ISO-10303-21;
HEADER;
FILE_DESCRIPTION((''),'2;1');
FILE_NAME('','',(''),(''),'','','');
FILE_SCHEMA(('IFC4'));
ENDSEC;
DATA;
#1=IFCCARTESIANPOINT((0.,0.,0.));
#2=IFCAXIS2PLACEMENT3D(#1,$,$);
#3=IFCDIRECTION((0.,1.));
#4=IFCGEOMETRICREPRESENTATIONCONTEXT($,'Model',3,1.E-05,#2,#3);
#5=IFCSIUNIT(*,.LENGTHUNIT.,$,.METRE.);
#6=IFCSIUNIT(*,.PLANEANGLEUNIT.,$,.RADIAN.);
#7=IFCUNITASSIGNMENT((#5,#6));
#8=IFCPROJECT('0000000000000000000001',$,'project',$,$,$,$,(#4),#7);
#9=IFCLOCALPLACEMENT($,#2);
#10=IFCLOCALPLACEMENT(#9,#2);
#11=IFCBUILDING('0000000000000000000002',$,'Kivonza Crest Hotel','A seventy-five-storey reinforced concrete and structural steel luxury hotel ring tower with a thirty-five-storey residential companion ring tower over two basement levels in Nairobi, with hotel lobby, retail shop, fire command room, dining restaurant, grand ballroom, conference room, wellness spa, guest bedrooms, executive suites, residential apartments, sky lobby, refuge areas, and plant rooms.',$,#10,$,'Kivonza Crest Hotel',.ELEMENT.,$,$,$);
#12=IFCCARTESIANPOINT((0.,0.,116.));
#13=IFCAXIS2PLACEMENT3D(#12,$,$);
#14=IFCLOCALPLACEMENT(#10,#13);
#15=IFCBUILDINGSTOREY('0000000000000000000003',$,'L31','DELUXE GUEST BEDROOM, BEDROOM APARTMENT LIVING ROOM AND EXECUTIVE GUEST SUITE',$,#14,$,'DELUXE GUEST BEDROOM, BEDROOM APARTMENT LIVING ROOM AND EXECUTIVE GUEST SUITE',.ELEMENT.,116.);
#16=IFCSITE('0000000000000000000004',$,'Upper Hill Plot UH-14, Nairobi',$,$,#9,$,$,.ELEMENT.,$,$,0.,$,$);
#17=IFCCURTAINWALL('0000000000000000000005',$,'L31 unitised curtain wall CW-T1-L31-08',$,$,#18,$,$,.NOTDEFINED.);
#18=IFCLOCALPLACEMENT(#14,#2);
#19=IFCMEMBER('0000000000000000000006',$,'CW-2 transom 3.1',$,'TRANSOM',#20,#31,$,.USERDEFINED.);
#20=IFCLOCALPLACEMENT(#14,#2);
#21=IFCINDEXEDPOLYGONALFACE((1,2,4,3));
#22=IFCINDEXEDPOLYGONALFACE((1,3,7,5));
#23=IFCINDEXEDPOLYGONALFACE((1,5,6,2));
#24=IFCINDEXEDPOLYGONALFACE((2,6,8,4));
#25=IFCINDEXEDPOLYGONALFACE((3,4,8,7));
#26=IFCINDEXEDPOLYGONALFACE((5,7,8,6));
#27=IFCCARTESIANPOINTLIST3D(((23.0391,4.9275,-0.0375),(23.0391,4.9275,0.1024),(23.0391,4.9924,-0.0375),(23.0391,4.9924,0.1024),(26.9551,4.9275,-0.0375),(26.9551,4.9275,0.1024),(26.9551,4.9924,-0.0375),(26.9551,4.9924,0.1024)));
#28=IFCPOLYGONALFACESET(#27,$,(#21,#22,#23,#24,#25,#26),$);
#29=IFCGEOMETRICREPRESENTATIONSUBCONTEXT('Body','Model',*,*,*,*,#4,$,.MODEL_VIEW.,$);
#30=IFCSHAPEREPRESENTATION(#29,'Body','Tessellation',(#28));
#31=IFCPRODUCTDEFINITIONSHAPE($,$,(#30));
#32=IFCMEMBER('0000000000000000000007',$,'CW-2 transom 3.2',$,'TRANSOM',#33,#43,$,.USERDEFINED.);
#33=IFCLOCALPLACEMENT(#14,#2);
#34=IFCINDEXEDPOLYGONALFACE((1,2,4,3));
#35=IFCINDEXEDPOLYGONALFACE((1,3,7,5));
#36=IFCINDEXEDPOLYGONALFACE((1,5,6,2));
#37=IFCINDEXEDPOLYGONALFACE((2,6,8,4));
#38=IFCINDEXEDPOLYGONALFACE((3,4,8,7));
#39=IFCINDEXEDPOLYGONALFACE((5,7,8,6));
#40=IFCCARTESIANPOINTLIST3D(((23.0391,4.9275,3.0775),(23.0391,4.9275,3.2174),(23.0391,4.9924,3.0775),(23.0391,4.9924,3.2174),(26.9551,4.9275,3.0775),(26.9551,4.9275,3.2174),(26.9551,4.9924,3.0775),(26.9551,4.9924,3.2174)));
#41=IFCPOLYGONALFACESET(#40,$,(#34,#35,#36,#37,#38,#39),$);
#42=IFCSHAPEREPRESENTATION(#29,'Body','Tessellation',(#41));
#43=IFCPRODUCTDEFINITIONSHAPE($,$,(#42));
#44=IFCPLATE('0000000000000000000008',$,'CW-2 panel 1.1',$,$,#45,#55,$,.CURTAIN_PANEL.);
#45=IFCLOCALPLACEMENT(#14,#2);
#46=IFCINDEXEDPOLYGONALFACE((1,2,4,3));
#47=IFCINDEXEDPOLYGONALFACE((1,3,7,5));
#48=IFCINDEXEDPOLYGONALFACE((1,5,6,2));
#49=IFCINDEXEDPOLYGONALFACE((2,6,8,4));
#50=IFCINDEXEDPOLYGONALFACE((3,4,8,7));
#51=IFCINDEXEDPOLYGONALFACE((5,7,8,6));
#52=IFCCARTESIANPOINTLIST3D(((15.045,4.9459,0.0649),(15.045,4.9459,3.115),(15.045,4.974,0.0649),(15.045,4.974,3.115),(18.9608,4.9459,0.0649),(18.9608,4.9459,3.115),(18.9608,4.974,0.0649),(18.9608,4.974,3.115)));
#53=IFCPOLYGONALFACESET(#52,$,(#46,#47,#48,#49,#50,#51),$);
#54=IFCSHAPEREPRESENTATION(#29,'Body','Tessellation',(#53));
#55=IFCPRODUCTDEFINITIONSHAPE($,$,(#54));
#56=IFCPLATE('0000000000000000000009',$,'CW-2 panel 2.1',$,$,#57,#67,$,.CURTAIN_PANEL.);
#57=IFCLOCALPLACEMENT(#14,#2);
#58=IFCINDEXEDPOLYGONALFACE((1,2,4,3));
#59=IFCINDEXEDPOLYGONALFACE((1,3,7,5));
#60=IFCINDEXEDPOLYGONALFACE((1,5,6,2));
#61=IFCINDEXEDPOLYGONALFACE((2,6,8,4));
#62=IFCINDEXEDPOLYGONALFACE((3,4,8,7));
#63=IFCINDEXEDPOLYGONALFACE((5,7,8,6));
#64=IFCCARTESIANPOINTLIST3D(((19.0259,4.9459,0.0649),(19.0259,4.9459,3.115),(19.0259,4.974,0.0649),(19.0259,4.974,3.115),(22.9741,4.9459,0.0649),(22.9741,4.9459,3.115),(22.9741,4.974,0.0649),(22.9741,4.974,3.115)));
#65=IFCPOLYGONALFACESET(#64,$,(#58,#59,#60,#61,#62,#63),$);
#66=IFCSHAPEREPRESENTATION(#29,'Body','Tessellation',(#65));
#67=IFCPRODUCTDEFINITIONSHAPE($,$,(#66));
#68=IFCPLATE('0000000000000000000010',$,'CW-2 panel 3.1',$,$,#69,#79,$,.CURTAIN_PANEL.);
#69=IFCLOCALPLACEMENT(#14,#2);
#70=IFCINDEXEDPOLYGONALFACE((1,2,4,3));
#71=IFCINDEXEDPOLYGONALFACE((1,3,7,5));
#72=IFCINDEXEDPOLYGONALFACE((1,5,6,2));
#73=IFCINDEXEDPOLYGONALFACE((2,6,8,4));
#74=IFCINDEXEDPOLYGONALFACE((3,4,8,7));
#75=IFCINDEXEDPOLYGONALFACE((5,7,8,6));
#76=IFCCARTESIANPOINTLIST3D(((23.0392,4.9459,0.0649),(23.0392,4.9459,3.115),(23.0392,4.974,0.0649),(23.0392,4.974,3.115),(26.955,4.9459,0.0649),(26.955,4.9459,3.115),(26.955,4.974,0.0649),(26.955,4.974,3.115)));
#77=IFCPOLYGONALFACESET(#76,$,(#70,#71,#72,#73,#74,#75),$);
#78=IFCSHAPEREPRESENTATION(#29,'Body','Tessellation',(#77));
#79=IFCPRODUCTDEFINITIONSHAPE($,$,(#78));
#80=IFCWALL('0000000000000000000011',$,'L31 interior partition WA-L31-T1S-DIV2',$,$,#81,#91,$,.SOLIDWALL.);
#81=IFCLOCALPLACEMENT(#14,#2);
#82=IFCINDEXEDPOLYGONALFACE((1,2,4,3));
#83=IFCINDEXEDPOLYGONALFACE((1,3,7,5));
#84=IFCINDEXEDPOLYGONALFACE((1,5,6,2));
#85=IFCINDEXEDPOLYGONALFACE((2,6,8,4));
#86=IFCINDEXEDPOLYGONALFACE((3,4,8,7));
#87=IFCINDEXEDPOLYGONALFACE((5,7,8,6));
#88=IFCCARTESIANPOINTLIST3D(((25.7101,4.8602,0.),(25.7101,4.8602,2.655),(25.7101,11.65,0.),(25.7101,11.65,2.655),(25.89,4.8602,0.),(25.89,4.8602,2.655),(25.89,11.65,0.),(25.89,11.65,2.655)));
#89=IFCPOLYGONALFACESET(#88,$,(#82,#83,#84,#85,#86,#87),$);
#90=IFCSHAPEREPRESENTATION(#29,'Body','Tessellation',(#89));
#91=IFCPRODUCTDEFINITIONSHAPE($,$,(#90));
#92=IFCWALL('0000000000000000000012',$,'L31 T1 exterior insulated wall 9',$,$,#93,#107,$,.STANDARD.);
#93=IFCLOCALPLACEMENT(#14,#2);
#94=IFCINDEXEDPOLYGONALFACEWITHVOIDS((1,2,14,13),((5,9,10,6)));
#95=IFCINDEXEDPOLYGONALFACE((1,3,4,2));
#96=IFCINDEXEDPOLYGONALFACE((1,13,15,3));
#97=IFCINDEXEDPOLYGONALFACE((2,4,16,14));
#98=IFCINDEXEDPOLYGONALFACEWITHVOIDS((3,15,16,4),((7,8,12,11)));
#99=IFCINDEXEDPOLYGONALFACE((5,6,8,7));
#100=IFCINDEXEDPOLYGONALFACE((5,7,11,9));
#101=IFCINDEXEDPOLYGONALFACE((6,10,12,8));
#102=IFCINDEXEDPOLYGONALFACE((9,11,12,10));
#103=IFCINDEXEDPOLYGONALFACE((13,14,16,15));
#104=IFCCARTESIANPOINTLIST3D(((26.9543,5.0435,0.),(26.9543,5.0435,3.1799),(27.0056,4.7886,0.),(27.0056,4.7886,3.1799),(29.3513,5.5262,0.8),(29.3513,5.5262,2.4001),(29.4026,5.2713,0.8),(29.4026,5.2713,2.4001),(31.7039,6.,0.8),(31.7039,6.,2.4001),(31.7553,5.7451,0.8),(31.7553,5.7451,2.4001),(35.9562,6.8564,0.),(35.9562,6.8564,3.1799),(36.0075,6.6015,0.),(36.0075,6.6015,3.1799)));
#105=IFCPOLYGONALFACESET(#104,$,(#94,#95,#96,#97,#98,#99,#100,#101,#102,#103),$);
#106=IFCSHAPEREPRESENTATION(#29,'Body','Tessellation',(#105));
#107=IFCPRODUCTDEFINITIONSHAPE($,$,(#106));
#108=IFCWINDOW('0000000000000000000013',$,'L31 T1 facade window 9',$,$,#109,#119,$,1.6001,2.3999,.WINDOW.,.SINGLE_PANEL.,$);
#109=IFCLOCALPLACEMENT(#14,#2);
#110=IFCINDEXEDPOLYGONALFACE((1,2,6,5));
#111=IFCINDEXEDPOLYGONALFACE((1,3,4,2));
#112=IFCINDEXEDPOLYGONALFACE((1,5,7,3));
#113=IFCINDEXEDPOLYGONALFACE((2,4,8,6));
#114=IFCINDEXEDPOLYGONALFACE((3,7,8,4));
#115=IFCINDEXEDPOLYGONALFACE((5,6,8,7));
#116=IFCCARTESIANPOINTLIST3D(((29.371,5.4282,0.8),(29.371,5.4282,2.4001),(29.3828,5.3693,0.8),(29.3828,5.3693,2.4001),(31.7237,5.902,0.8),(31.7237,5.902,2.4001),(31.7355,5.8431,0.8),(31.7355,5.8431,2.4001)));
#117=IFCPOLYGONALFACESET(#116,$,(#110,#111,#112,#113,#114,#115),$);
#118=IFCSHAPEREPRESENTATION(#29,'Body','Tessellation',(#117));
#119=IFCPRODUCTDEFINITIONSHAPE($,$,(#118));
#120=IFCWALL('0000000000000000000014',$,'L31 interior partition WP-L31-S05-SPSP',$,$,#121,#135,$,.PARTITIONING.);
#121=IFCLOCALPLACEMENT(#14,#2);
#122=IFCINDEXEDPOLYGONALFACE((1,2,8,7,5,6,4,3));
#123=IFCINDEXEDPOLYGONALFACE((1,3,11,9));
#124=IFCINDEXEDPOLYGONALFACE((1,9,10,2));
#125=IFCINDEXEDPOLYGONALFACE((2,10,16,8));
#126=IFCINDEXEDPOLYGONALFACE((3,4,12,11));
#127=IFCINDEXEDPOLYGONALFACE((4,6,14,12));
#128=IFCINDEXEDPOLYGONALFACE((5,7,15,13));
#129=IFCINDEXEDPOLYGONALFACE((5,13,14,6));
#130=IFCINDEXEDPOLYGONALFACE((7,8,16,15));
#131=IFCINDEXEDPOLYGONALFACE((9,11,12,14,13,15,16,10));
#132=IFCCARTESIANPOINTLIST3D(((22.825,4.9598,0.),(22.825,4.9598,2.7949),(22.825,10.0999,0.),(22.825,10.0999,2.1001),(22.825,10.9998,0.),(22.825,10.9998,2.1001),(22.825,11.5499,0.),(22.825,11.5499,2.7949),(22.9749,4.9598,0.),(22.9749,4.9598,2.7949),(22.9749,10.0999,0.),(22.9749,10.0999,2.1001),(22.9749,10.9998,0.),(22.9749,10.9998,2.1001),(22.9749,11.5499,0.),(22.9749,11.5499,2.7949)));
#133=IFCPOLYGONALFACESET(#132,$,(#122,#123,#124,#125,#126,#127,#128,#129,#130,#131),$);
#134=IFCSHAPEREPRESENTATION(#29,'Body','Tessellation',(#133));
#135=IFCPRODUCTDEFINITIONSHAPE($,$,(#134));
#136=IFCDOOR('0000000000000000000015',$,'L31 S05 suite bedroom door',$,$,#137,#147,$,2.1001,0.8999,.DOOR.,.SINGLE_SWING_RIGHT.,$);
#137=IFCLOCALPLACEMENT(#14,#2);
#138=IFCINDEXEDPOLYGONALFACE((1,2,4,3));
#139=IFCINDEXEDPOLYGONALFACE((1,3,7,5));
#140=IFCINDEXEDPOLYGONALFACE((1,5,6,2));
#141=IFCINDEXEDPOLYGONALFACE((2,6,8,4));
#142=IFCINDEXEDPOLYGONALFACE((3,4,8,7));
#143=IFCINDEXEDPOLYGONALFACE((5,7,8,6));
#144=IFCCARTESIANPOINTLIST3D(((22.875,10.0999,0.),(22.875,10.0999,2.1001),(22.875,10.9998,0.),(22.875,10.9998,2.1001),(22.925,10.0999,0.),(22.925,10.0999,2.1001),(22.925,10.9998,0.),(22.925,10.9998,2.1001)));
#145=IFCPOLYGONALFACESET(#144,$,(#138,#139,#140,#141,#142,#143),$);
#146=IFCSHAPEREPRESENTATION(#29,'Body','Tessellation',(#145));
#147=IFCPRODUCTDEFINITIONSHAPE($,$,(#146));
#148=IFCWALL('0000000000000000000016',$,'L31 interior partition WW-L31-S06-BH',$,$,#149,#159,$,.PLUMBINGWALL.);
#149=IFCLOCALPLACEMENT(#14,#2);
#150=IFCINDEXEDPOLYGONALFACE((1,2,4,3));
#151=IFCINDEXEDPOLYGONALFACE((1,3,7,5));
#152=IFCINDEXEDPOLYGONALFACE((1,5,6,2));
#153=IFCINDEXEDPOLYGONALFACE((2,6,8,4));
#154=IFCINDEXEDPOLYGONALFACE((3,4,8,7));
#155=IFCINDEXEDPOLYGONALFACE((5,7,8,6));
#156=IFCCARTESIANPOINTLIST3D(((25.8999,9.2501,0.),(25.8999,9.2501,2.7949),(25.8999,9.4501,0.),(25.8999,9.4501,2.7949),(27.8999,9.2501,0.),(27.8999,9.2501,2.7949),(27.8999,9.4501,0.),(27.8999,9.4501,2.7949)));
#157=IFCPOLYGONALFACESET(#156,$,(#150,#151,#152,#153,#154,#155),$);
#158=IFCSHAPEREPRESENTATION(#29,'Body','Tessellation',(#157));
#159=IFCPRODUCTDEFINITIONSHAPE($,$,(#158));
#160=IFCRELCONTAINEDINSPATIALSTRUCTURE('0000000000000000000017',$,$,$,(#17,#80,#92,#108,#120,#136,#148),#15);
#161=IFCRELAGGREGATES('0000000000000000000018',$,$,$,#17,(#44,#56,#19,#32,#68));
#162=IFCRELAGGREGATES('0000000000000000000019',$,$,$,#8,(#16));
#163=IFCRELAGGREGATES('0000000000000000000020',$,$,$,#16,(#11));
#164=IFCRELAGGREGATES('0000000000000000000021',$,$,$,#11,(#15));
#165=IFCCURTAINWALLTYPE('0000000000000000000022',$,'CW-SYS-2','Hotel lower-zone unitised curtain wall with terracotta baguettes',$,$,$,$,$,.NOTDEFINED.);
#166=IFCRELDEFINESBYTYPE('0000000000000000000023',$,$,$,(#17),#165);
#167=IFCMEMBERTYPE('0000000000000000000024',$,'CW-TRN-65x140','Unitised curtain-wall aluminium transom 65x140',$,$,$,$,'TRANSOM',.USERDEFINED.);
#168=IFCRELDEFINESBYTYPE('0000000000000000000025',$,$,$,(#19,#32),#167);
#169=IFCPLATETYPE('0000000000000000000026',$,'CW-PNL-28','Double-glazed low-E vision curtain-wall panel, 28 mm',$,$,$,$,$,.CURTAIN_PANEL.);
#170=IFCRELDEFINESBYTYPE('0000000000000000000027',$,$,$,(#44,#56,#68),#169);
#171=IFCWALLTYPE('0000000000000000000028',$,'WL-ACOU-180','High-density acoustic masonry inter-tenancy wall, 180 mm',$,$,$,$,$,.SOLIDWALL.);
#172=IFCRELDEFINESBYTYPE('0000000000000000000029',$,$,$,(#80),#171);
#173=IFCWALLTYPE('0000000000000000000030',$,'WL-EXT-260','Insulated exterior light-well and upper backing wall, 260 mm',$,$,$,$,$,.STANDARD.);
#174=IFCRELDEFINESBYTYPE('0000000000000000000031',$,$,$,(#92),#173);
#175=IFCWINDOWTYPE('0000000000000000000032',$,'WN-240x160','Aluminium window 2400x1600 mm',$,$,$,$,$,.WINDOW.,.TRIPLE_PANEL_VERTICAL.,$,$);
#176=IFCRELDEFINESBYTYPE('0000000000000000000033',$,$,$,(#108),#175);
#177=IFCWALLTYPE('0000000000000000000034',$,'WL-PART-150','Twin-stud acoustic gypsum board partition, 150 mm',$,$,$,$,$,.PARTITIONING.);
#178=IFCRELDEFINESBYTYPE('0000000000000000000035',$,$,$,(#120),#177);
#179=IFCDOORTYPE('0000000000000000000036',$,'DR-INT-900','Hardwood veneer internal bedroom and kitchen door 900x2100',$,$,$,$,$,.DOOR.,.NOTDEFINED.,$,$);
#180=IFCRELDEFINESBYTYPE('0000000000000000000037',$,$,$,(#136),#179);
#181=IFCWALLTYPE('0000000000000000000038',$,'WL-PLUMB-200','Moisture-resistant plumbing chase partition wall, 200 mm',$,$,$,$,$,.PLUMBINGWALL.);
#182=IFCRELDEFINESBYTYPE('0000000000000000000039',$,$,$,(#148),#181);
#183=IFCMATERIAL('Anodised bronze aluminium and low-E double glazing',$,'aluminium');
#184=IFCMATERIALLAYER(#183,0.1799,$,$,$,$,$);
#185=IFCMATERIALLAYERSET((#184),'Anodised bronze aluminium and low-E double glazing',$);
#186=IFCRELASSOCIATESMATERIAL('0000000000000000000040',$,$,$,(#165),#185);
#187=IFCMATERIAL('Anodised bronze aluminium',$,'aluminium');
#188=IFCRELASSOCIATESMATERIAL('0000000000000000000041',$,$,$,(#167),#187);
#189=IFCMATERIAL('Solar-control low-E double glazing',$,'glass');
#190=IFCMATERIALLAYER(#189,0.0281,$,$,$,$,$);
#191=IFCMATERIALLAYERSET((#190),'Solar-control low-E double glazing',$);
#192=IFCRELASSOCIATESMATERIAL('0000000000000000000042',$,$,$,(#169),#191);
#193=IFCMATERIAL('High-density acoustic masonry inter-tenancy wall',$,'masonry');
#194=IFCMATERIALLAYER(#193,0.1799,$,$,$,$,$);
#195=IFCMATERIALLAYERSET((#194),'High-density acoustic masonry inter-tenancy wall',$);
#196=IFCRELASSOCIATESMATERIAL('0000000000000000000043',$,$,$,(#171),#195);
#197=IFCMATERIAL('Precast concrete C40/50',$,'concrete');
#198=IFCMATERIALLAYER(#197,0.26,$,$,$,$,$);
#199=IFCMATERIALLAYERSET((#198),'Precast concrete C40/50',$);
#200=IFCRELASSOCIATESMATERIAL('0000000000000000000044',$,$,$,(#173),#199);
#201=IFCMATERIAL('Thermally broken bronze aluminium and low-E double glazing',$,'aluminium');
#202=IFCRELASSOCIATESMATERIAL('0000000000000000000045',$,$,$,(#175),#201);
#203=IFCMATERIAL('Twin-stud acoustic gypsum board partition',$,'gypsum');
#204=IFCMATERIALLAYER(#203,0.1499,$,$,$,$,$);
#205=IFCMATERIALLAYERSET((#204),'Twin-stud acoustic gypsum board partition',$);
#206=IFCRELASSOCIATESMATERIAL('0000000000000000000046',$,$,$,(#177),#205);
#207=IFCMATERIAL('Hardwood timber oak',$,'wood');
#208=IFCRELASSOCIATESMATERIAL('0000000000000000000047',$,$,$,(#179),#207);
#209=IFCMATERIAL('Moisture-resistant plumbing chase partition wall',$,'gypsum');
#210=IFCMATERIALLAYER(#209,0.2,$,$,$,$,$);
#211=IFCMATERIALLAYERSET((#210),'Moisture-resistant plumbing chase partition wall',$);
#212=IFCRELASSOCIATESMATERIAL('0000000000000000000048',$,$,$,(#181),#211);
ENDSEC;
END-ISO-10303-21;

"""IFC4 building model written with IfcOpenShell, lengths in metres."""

from ifc_helpers import new_model, si_unit, direction, frame, frame_2d, origin, origin_2d, place, context, subcontext, project, spatial, rectangle, extrude, material, layer, layer_set, material_profile, profile_set, type_object, element, fill, aggregate, save


model = new_model("IFC4")

# Units and contexts
model_context = context("Model", 3, precision=1e-05, world=origin(), true_north=direction((0.0, 1.0)))
body_context = subcontext(model_context, "Body", "Model", "MODEL_VIEW")
ifc_project = project(units=[si_unit("LENGTHUNIT", "METRE"), si_unit("PLANEANGLEUNIT", "RADIAN")], contexts=[model_context])

# Site, building, storey
site_placement = place(None, origin())
site = spatial("IfcSite", under=ifc_project, at=site_placement, Name="Upper Hill Plot UH-14, Nairobi", CompositionType="ELEMENT", RefElevation=0.0)
building_placement = place(site_placement, origin())
building = spatial("IfcBuilding", under=site, at=building_placement, Name="Kivonza Crest Hotel", Description="A seventy-five-storey reinforced concrete and structural steel luxury hotel ring tower with a thirty-five-storey residential companion ring tower over two basement levels in Nairobi, with hotel lobby, retail shop, fire command room, dining restaurant, grand ballroom, conference room, wellness spa, guest bedrooms, executive suites, residential apartments, sky lobby, refuge areas, and plant rooms.", LongName="Kivonza Crest Hotel", CompositionType="ELEMENT")
storey_placement = place(building_placement, frame((0.0, 0.0, 116.0)))
storey = spatial("IfcBuildingStorey", under=building, at=storey_placement, Name="L31", Description="DELUXE GUEST BEDROOM, BEDROOM APARTMENT LIVING ROOM AND EXECUTIVE GUEST SUITE", LongName="DELUXE GUEST BEDROOM, BEDROOM APARTMENT LIVING ROOM AND EXECUTIVE GUEST SUITE", CompositionType="ELEMENT", Elevation=116.0)

# Curtain wall, members, plates
ifc_material_1 = material(Name="Anodised bronze aluminium and low-E double glazing", Category="aluminium")
ifc_layer_1 = layer(ifc_material_1, 0.1799)
ifc_layer_set_1 = layer_set([ifc_layer_1], Name="Anodised bronze aluminium and low-E double glazing")
curtain_wall_type = type_object("IfcCurtainWallType", Name="CW-SYS-2", Description="Hotel lower-zone unitised curtain wall with terracotta baguettes", PredefinedType="NOTDEFINED", material=ifc_layer_set_1)
curtain_wall_placement = place(storey_placement, origin())
curtain_wall = element("IfcCurtainWall", 1, at=curtain_wall_placement, inside=storey, type_object=curtain_wall_type, Name="L31 unitised curtain wall CW-T1-L31-08", PredefinedType="NOTDEFINED")
ifc_material_2 = material(Name="Anodised bronze aluminium", Category="aluminium")
ifc_material_profile_1 = material_profile(ifc_material_2, rectangle(XDim=0.0649, YDim=0.1399, at=origin_2d()), Name="CW-T 65x140")
ifc_profile_set_1 = profile_set([ifc_material_profile_1], Name="Anodised bronze aluminium")
member_type_1 = type_object("IfcMemberType", Name="CW-TRN-65x140", Description="Unitised curtain-wall aluminium transom 65x140", ElementType="TRANSOM", PredefinedType="USERDEFINED", material=ifc_profile_set_1)
member_1_placement = place(storey_placement, frame((23.0391, 4.96, 0.0325), z_axis=(1.0, 0.0, 0.0), x_axis=(0.0, 1.0, 0.0)))
member_1 = element("IfcMember", 2, at=member_1_placement, type_object=member_type_1, Name="CW-2 transom 3.1", ObjectType="TRANSOM", PredefinedType="USERDEFINED", context=body_context, shape_type="SweptSolid", body=[
    extrude(rectangle(XDim=0.0649, YDim=0.1399, at=origin_2d()), origin(), (0.0, 0.0, 1.0), 3.916),
])
member_2_placement = place(storey_placement, frame((23.0391, 4.96, 3.1475), z_axis=(1.0, 0.0, 0.0), x_axis=(0.0, 1.0, 0.0)))
member_2 = element("IfcMember", 3, at=member_2_placement, type_object=member_type_1, Name="CW-2 transom 3.2", ObjectType="TRANSOM", PredefinedType="USERDEFINED", context=body_context, shape_type="SweptSolid", body=[
    extrude(rectangle(XDim=0.0649, YDim=0.1399, at=origin_2d()), origin(), (0.0, 0.0, 1.0), 3.916),
])
ifc_material_3 = material(Name="Solar-control low-E double glazing", Category="glass")
ifc_layer_2 = layer(ifc_material_3, 0.0281)
ifc_layer_set_2 = layer_set([ifc_layer_2], Name="Solar-control low-E double glazing")
plate_type = type_object("IfcPlateType", Name="CW-PNL-28", Description="Double-glazed low-E vision curtain-wall panel, 28 mm", PredefinedType="CURTAIN_PANEL", material=ifc_layer_set_2)
plate_1_placement = place(storey_placement, frame((17.0029, 4.96, 0.0649), z_axis=(0.0, 0.0, 1.0), x_axis=(1.0, 0.0, 0.0)))
plate_1 = element("IfcPlate", 4, at=plate_1_placement, type_object=plate_type, Name="CW-2 panel 1.1", PredefinedType="CURTAIN_PANEL", context=body_context, shape_type="SweptSolid", body=[
    extrude(rectangle(XDim=3.9158, YDim=0.0281, at=origin_2d()), origin(), (0.0, 0.0, 1.0), 3.05),
])
plate_2_placement = place(storey_placement, frame((21.0, 4.96, 0.0649), z_axis=(0.0, 0.0, 1.0), x_axis=(1.0, 0.0, 0.0)))
plate_2 = element("IfcPlate", 5, at=plate_2_placement, type_object=plate_type, Name="CW-2 panel 2.1", PredefinedType="CURTAIN_PANEL", context=body_context, shape_type="SweptSolid", body=[
    extrude(rectangle(XDim=3.9482, YDim=0.0281, at=origin_2d()), origin(), (0.0, 0.0, 1.0), 3.05),
])
plate_3_placement = place(storey_placement, frame((24.9971, 4.96, 0.0649), z_axis=(0.0, 0.0, 1.0), x_axis=(1.0, 0.0, 0.0)))
plate_3 = element("IfcPlate", 6, at=plate_3_placement, type_object=plate_type, Name="CW-2 panel 3.1", PredefinedType="CURTAIN_PANEL", context=body_context, shape_type="SweptSolid", body=[
    extrude(rectangle(XDim=3.9158, YDim=0.0281, at=origin_2d()), origin(), (0.0, 0.0, 1.0), 3.05),
])
aggregate(curtain_wall, [plate_1, plate_2, member_1, member_2, plate_3])

# Wall
ifc_material_4 = material(Name="High-density acoustic masonry inter-tenancy wall", Category="masonry")
ifc_layer_3 = layer(ifc_material_4, 0.1799)
ifc_layer_set_3 = layer_set([ifc_layer_3], Name="High-density acoustic masonry inter-tenancy wall")
wall_type_1 = type_object("IfcWallType", Name="WL-ACOU-180", Description="High-density acoustic masonry inter-tenancy wall, 180 mm", PredefinedType="SOLIDWALL", material=ifc_layer_set_3)
wall_1_placement = place(storey_placement, frame((25.8, 4.8601, 0.0), z_axis=(0.0, 0.0, 1.0), x_axis=(0.0, 1.0, 0.0)))
element("IfcWall", 7, at=wall_1_placement, inside=storey, type_object=wall_type_1, Name="L31 interior partition WA-L31-T1S-DIV2", PredefinedType="SOLIDWALL", context=body_context, shape_type="SweptSolid", body=[
    extrude(rectangle(XDim=6.7898, YDim=0.1799, at=frame_2d((3.395, 0.0))), origin(), (0.0, 0.0, 1.0), 2.655),
])

# Wall, opening, window
ifc_material_5 = material(Name="Precast concrete C40/50", Category="concrete")
ifc_layer_4 = layer(ifc_material_5, 0.26)
ifc_layer_set_4 = layer_set([ifc_layer_4], Name="Precast concrete C40/50")
wall_type_2 = type_object("IfcWallType", Name="WL-EXT-260", Description="Insulated exterior light-well and upper backing wall, 260 mm", PredefinedType="STANDARD", material=ifc_layer_set_4)
wall_2_placement = place(storey_placement, frame((26.98, 4.916, 0.0), z_axis=(0.0, 0.0, 1.0), x_axis=(0.980316, 0.197435, 0.0)))
wall_2 = element("IfcWall", 8, at=wall_2_placement, inside=storey, type_object=wall_type_2, Name="L31 T1 exterior insulated wall 9", PredefinedType="STANDARD", context=body_context, shape_type="SweptSolid", body=[
    extrude(rectangle(XDim=9.1826, YDim=0.26, at=frame_2d((4.5913, 0.0))), origin(), (0.0, 0.0, 1.0), 3.1799),
])
opening_1_placement = place(wall_2_placement, frame((2.4451, 0.0, 0.8)))
opening_1 = element("IfcOpeningElement", 9, at=opening_1_placement, cuts=wall_2, PredefinedType="OPENING", context=body_context, shape_type="SweptSolid", body=[
    extrude(rectangle(XDim=2.3999, YDim=1.6001, at=frame_2d((1.2, 0.8))), frame((0.0, 0.1401, 0.0), z_axis=(0.0, -1.0, 0.0), x_axis=(1.0, 0.0, 0.0)), (0.0, 0.0, 1.0), 0.28),
])
ifc_material_6 = material(Name="Thermally broken bronze aluminium and low-E double glazing", Category="aluminium")
window_type = type_object("IfcWindowType", Name="WN-240x160", Description="Aluminium window 2400x1600 mm", PartitioningType="TRIPLE_PANEL_VERTICAL", PredefinedType="WINDOW", material=ifc_material_6)
window_placement = place(opening_1_placement, origin())
window = element("IfcWindow", 10, at=window_placement, inside=storey, type_object=window_type, Name="L31 T1 facade window 9", OverallHeight=1.6001, OverallWidth=2.3999, PartitioningType="SINGLE_PANEL", PredefinedType="WINDOW", context=body_context, shape_type="SweptSolid", body=[
    extrude(rectangle(XDim=2.3999, YDim=1.6001, at=frame_2d((1.2, 0.8))), frame((0.0, 0.03, 0.0), z_axis=(0.0, -1.0, 0.0), x_axis=(1.0, 0.0, 0.0)), (0.0, 0.0, 1.0), 0.0601),
])
fill(opening_1, window)

# Wall, opening, door
ifc_material_7 = material(Name="Twin-stud acoustic gypsum board partition", Category="gypsum")
ifc_layer_5 = layer(ifc_material_7, 0.1499)
ifc_layer_set_5 = layer_set([ifc_layer_5], Name="Twin-stud acoustic gypsum board partition")
wall_type_3 = type_object("IfcWallType", Name="WL-PART-150", Description="Twin-stud acoustic gypsum board partition, 150 mm", PredefinedType="PARTITIONING", material=ifc_layer_set_5)
wall_3_placement = place(storey_placement, frame((22.8999, 4.96, 0.0), z_axis=(0.0, 0.0, 1.0), x_axis=(0.0, 1.0, 0.0)))
wall_3 = element("IfcWall", 11, at=wall_3_placement, inside=storey, type_object=wall_type_3, Name="L31 interior partition WP-L31-S05-SPSP", PredefinedType="PARTITIONING", context=body_context, shape_type="SweptSolid", body=[
    extrude(rectangle(XDim=6.5901, YDim=0.1499, at=frame_2d((3.2949, 0.0))), origin(), (0.0, 0.0, 1.0), 2.7949),
])
opening_2_placement = place(wall_3_placement, frame((5.1399, 0.0, 0.0)))
opening_2 = element("IfcOpeningElement", 12, at=opening_2_placement, cuts=wall_3, PredefinedType="OPENING", context=body_context, shape_type="SweptSolid", body=[
    extrude(rectangle(XDim=0.8999, YDim=2.1001, at=frame_2d((0.45, 1.05))), frame((0.0, 0.085, 0.0), z_axis=(0.0, -1.0, 0.0), x_axis=(1.0, 0.0, 0.0)), (0.0, 0.0, 1.0), 0.1699),
])
ifc_material_8 = material(Name="Hardwood timber oak", Category="wood")
door_type = type_object("IfcDoorType", Name="DR-INT-900", Description="Hardwood veneer internal bedroom and kitchen door 900x2100", OperationType="NOTDEFINED", PredefinedType="DOOR", material=ifc_material_8)
door_placement = place(opening_2_placement, origin())
door = element("IfcDoor", 13, at=door_placement, inside=storey, type_object=door_type, Name="L31 S05 suite bedroom door", OperationType="SINGLE_SWING_RIGHT", OverallHeight=2.1001, OverallWidth=0.8999, PredefinedType="DOOR", context=body_context, shape_type="SweptSolid", body=[
    extrude(rectangle(XDim=0.8999, YDim=2.1001, at=frame_2d((0.45, 1.05))), frame((0.0, 0.0249, 0.0), z_axis=(0.0, -1.0, 0.0), x_axis=(1.0, 0.0, 0.0)), (0.0, 0.0, 1.0), 0.05),
])
fill(opening_2, door)

# Wall
ifc_material_9 = material(Name="Moisture-resistant plumbing chase partition wall", Category="gypsum")
ifc_layer_6 = layer(ifc_material_9, 0.2)
ifc_layer_set_6 = layer_set([ifc_layer_6], Name="Moisture-resistant plumbing chase partition wall")
wall_type_4 = type_object("IfcWallType", Name="WL-PLUMB-200", Description="Moisture-resistant plumbing chase partition wall, 200 mm", PredefinedType="PLUMBINGWALL", material=ifc_layer_set_6)
wall_4_placement = place(storey_placement, frame((25.8999, 9.3501, 0.0), z_axis=(0.0, 0.0, 1.0), x_axis=(1.0, 0.0, 0.0)))
element("IfcWall", 14, at=wall_4_placement, inside=storey, type_object=wall_type_4, Name="L31 interior partition WW-L31-S06-BH", PredefinedType="PLUMBINGWALL", context=body_context, shape_type="SweptSolid", body=[
    extrude(rectangle(XDim=2.0, YDim=0.2, at=frame_2d((1.0, 0.0))), origin(), (0.0, 0.0, 1.0), 2.7949),
])

save(model, "model.ifc")
